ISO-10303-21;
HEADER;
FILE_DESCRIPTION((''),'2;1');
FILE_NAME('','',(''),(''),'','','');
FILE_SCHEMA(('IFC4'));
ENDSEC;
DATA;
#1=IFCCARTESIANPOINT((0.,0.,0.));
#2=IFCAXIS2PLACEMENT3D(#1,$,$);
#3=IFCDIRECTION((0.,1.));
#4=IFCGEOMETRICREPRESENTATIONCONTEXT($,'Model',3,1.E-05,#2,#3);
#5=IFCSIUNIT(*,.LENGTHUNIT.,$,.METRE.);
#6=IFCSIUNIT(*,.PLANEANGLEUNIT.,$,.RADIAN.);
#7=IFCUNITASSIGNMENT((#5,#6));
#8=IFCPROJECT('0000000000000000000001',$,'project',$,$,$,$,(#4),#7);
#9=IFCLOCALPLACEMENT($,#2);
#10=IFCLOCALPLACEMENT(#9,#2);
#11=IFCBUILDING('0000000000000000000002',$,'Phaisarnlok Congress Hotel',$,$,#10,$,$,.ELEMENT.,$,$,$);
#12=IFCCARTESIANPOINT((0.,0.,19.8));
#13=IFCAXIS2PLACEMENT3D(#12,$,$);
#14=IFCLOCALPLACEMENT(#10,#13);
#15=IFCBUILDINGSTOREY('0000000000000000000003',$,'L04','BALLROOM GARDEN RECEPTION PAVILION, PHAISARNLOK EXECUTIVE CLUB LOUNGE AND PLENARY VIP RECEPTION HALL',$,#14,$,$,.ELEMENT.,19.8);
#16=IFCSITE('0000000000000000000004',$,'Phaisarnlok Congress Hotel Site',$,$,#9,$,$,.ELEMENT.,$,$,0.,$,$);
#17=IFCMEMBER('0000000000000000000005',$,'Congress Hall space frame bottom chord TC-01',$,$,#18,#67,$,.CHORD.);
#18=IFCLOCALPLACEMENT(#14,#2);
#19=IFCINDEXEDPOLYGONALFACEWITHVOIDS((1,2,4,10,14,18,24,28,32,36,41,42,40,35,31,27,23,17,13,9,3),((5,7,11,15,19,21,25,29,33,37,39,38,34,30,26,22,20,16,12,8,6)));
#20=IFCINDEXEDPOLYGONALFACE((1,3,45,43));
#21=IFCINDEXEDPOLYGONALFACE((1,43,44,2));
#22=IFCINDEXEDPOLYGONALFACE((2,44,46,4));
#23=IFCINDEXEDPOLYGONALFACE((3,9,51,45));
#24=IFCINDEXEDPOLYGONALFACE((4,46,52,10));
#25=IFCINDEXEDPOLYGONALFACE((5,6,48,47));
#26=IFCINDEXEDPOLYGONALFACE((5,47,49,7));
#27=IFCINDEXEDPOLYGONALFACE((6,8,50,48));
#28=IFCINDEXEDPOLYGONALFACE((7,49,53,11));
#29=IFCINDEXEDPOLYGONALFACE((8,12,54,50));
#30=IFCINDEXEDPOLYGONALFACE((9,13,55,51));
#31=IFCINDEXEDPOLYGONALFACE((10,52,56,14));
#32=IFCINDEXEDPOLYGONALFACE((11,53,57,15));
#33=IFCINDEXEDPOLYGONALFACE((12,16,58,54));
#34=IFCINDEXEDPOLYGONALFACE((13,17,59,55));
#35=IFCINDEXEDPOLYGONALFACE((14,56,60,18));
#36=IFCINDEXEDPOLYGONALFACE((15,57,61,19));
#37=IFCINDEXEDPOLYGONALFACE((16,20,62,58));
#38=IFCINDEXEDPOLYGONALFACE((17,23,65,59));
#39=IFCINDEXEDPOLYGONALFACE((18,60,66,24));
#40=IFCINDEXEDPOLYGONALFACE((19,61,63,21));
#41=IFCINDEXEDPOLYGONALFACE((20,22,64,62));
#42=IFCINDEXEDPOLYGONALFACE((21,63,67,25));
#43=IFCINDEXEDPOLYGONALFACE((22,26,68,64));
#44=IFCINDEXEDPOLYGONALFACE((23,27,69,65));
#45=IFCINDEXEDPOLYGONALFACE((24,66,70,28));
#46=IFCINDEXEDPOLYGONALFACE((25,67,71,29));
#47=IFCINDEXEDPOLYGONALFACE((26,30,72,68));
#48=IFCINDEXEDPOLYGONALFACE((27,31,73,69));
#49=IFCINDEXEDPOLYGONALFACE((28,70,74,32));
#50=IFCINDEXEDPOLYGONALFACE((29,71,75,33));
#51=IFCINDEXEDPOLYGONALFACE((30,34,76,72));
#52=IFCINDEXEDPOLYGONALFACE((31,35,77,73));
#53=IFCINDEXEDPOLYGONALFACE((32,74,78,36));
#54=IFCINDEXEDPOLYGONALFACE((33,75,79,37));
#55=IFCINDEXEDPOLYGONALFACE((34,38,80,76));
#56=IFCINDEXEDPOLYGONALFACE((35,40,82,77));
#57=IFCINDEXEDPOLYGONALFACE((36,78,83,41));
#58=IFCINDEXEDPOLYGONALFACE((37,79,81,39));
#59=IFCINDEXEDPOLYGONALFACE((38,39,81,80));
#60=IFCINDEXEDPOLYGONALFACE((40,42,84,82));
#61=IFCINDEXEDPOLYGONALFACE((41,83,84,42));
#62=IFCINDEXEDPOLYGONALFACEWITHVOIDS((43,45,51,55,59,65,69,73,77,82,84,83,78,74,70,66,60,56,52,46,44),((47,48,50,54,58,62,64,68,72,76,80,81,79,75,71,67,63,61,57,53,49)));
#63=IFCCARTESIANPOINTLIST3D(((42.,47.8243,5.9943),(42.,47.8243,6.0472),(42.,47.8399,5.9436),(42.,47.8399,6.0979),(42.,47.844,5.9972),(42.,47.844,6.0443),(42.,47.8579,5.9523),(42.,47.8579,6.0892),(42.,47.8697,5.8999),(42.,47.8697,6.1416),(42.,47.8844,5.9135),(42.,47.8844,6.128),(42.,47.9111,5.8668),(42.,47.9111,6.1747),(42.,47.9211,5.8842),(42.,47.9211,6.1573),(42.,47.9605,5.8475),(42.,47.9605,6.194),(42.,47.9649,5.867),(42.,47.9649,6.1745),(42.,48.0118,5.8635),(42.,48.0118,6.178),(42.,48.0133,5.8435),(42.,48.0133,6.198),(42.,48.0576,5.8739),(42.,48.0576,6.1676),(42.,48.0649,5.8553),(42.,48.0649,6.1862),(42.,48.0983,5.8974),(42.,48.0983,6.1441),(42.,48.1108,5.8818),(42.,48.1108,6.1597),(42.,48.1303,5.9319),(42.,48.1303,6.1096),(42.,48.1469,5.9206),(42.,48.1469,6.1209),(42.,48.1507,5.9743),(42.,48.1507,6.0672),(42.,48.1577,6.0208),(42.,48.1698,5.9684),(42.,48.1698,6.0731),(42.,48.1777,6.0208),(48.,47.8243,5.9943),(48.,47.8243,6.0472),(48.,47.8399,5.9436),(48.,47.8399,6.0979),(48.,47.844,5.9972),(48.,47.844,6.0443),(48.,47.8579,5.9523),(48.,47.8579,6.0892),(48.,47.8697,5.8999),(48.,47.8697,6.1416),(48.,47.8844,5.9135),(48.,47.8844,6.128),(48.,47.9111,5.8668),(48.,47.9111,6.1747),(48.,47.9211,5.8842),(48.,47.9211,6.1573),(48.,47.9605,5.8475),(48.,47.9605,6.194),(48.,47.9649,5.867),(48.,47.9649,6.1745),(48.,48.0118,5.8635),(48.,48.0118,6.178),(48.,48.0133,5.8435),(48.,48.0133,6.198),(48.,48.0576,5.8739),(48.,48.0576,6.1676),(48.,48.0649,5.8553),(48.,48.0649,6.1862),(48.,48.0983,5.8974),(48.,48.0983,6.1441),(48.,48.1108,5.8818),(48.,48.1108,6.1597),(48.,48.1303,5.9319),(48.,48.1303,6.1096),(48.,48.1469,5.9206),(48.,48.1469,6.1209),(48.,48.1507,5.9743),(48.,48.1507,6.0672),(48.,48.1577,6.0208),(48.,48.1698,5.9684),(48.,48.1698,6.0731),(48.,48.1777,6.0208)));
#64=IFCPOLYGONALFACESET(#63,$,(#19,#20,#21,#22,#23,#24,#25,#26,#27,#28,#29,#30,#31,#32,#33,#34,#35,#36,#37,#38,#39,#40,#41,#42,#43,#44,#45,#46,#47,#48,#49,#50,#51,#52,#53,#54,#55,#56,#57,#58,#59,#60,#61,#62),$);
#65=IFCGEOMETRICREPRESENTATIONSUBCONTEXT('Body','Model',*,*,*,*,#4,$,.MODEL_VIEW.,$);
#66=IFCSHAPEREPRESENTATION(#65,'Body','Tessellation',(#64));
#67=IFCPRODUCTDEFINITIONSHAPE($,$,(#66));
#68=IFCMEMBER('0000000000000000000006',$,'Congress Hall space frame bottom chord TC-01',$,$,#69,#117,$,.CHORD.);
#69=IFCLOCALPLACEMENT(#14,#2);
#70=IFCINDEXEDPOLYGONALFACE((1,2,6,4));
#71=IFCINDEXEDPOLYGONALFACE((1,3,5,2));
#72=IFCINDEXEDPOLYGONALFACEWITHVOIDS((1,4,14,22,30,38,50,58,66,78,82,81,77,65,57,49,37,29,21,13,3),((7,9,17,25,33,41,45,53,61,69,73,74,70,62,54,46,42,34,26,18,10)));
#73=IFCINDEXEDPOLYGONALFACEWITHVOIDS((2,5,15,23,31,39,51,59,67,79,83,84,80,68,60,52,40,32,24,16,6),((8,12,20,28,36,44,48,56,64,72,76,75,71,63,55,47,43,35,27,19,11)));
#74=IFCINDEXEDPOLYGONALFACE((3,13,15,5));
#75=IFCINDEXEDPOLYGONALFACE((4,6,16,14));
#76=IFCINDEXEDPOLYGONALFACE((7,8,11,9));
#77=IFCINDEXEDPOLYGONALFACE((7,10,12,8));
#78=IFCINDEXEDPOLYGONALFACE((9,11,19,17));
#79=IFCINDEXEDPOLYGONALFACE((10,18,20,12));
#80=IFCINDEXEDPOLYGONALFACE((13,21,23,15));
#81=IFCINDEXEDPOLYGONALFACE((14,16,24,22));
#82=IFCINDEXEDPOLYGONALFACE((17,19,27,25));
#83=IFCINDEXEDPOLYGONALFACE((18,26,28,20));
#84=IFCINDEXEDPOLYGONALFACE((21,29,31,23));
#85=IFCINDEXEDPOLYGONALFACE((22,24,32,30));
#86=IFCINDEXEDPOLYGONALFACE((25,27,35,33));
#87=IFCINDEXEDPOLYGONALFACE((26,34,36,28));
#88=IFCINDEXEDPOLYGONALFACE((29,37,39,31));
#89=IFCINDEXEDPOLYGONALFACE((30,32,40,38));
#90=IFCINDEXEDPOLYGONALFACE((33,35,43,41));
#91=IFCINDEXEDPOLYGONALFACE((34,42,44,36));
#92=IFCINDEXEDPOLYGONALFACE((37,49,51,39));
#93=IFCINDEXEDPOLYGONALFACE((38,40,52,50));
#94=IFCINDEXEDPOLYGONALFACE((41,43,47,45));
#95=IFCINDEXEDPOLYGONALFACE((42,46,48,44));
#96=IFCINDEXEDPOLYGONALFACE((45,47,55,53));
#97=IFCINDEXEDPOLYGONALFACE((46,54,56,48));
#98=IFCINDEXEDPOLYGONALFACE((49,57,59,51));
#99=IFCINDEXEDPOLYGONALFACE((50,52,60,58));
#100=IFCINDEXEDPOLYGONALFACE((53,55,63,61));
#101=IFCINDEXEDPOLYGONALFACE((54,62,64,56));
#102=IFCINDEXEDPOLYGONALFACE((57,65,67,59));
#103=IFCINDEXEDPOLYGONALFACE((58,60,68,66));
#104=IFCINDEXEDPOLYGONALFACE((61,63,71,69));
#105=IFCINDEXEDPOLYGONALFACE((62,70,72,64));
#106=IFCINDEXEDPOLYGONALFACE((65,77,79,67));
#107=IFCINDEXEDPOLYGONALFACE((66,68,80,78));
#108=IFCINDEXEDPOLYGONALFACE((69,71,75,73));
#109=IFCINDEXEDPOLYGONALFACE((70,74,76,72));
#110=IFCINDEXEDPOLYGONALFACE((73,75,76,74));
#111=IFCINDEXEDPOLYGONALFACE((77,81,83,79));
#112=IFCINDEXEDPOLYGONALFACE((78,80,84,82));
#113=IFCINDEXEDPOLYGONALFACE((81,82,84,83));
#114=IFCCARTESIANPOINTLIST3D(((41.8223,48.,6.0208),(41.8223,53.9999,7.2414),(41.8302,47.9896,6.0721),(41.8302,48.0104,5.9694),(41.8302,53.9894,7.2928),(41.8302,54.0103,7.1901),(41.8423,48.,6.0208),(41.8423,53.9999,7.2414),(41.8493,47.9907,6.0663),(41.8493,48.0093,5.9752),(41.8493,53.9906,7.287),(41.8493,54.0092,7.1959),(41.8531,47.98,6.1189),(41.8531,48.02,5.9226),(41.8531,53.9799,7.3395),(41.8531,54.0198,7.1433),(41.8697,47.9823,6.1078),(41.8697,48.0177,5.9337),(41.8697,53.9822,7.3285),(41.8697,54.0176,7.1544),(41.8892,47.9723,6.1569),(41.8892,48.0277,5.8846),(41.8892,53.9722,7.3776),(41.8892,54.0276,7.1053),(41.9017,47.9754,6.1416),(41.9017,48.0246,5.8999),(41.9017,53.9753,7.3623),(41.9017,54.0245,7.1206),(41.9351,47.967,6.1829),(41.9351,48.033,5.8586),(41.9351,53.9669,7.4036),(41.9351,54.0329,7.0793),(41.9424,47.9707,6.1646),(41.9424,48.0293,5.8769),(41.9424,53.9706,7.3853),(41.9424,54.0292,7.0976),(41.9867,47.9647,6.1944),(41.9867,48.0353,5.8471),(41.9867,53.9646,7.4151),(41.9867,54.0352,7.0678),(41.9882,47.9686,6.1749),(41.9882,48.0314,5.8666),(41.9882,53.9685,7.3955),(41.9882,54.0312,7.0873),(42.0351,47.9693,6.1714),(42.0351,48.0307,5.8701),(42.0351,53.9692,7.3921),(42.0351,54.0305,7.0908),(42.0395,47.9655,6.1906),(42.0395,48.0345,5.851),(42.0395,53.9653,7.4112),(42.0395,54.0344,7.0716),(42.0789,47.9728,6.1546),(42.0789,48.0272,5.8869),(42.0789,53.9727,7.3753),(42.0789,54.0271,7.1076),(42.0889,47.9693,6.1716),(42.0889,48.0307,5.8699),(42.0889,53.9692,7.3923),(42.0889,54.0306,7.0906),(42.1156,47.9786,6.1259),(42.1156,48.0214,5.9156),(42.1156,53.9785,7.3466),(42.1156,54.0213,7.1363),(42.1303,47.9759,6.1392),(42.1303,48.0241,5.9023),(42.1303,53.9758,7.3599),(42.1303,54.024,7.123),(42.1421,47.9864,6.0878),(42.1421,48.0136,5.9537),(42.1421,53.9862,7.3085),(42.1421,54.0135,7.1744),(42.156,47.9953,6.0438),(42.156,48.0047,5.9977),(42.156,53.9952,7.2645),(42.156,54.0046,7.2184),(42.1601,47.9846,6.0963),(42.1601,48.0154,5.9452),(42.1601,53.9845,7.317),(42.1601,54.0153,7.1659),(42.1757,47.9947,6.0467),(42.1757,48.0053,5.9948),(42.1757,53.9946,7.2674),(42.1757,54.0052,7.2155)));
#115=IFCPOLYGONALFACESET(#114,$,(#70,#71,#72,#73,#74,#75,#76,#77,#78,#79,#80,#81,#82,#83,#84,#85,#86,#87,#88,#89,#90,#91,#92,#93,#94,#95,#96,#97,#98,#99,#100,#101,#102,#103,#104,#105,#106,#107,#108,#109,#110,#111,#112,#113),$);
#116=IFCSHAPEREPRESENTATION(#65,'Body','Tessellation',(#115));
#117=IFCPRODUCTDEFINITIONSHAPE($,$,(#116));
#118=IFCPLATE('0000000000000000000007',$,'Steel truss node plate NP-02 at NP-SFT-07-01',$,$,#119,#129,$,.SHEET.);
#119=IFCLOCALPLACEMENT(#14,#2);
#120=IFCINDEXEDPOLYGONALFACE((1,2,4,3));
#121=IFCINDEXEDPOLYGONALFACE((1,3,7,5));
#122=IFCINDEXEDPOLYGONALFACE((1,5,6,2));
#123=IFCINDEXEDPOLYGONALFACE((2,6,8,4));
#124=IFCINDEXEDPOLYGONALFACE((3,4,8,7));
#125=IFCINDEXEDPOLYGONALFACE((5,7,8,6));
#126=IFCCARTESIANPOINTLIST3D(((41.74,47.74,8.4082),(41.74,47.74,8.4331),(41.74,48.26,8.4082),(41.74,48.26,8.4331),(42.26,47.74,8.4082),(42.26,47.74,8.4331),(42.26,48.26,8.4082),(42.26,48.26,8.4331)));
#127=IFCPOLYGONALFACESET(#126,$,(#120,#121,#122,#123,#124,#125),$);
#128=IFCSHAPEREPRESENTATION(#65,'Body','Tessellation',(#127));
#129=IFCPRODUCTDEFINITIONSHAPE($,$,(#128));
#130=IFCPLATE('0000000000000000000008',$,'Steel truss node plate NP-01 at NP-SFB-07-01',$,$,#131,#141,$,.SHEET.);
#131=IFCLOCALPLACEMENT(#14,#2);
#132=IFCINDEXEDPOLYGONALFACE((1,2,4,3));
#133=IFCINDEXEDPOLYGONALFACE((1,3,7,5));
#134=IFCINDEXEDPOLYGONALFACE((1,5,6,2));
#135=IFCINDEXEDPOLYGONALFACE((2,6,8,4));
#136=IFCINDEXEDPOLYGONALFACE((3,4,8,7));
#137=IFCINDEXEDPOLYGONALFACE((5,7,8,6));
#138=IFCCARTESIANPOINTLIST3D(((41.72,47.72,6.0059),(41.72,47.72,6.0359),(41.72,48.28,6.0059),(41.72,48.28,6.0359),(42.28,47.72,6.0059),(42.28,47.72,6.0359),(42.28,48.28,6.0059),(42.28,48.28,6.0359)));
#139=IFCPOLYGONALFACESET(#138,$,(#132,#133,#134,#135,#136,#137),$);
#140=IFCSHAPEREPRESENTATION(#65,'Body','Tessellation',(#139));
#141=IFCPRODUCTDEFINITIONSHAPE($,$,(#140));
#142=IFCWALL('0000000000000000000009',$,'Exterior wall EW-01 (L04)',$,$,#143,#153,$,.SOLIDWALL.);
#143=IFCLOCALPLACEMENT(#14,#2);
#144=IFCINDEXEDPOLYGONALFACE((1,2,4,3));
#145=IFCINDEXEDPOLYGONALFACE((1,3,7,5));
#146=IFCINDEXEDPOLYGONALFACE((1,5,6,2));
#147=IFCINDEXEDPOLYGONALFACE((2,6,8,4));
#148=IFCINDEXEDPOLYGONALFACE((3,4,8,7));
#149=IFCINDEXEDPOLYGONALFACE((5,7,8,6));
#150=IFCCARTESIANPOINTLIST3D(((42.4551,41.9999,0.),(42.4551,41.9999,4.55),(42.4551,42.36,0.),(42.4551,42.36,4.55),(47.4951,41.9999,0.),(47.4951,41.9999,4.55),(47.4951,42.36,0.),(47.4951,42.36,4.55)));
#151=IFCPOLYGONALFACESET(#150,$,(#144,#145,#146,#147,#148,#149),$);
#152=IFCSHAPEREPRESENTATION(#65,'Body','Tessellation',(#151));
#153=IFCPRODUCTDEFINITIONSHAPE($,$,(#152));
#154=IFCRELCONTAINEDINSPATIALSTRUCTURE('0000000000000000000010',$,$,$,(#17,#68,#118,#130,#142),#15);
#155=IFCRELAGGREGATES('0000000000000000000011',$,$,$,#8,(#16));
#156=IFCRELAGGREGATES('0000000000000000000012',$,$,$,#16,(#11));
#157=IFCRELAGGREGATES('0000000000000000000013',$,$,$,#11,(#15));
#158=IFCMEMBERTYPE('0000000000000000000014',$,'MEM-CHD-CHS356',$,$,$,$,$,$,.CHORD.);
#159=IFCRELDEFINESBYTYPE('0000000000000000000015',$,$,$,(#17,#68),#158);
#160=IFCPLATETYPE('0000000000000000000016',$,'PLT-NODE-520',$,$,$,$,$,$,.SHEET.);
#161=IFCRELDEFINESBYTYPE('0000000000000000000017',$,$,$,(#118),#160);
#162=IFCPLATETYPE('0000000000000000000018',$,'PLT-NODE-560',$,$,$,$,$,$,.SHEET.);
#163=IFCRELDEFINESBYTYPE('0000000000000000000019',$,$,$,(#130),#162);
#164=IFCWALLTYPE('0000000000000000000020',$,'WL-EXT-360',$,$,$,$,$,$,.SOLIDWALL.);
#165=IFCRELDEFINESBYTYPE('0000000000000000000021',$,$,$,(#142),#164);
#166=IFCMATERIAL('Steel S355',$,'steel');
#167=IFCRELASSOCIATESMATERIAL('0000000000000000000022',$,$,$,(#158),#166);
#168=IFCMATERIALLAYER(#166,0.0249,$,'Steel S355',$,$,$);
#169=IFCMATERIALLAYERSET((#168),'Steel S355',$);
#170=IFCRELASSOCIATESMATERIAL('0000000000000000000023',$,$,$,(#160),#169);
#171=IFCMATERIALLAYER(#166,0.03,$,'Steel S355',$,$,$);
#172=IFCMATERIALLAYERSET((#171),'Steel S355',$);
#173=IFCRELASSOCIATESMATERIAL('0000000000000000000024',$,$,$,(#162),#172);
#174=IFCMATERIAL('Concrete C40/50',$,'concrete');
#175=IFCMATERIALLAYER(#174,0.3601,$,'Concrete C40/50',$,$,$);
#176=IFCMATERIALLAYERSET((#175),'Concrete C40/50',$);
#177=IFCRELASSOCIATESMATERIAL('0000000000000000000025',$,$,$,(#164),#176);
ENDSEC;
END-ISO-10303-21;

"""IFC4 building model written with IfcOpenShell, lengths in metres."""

from ifc_helpers import new_model, si_unit, direction, frame, frame_2d, origin, origin_2d, place, context, subcontext, project, spatial, rectangle, hollow_circle, extrude, material, layer, layer_set, material_profile, profile_set, type_object, element, save


model = new_model("IFC4")

# Units and contexts
model_context = context("Model", 3, precision=1e-05, world=origin(), true_north=direction((0.0, 1.0)))
body_context = subcontext(model_context, "Body", "Model", "MODEL_VIEW")
ifc_project = project(units=[si_unit("LENGTHUNIT", "METRE"), si_unit("PLANEANGLEUNIT", "RADIAN")], contexts=[model_context])

# Site, building, storey
site_placement = place(None, origin())
site = spatial("IfcSite", under=ifc_project, at=site_placement, Name="Phaisarnlok Congress Hotel Site", CompositionType="ELEMENT", RefElevation=0.0)
building_placement = place(site_placement, origin())
building = spatial("IfcBuilding", under=site, at=building_placement, Name="Phaisarnlok Congress Hotel", CompositionType="ELEMENT")
storey_placement = place(building_placement, frame((0.0, 0.0, 19.8)))
storey = spatial("IfcBuildingStorey", under=building, at=storey_placement, Name="L04", Description="BALLROOM GARDEN RECEPTION PAVILION, PHAISARNLOK EXECUTIVE CLUB LOUNGE AND PLENARY VIP RECEPTION HALL", CompositionType="ELEMENT", Elevation=19.8)

# Members
ifc_material_1 = material(Name="Steel S355", Category="steel")
ifc_material_profile_1 = material_profile(ifc_material_1, hollow_circle(Radius=0.1777, WallThickness=0.02, at=origin_2d()), Name="CHS 355.6x20")
ifc_profile_set_1 = profile_set([ifc_material_profile_1], Name="Steel S355")
member_type_1 = type_object("IfcMemberType", Name="MEM-CHD-CHS356", PredefinedType="CHORD", material=ifc_profile_set_1)
member_1_placement = place(storey_placement, frame((42.0, 48.0, 6.0208), z_axis=(1.0, 0.0, 0.0), x_axis=(0.0, 1.0, 0.0)))
element("IfcMember", 1, at=member_1_placement, inside=storey, type_object=member_type_1, Name="Congress Hall space frame bottom chord TC-01", PredefinedType="CHORD", context=body_context, shape_type="SweptSolid", body=[
    extrude(hollow_circle(Radius=0.1777, WallThickness=0.02, at=origin_2d()), origin(), (0.0, 0.0, 1.0), 6.0),
])
member_2_placement = place(storey_placement, frame((42.0, 48.0, 6.0208), z_axis=(0.0, 0.979925, 0.199366), x_axis=(-1.0, 0.0, 0.0)))
element("IfcMember", 2, at=member_2_placement, inside=storey, type_object=member_type_1, Name="Congress Hall space frame bottom chord TC-01", PredefinedType="CHORD", context=body_context, shape_type="SweptSolid", body=[
    extrude(hollow_circle(Radius=0.1777, WallThickness=0.02, at=origin_2d()), origin(), (0.0, 0.0, 1.0), 6.1228),
])

# Plates
ifc_layer_1 = layer(ifc_material_1, 0.0249, Name="Steel S355")
ifc_layer_set_1 = layer_set([ifc_layer_1], Name="Steel S355")
plate_type_1 = type_object("IfcPlateType", Name="PLT-NODE-520", PredefinedType="SHEET", material=ifc_layer_set_1)
plate_1_placement = place(storey_placement, frame((42.0, 48.0, 8.4082), z_axis=(0.0, 0.0, 1.0), x_axis=(1.0, 0.0, 0.0)))
element("IfcPlate", 3, at=plate_1_placement, inside=storey, type_object=plate_type_1, Name="Steel truss node plate NP-02 at NP-SFT-07-01", PredefinedType="SHEET", context=body_context, shape_type="SweptSolid", body=[
    extrude(rectangle(XDim=0.52, YDim=0.52, at=origin_2d()), origin(), (0.0, 0.0, 1.0), 0.0249),
])
ifc_layer_2 = layer(ifc_material_1, 0.03, Name="Steel S355")
ifc_layer_set_2 = layer_set([ifc_layer_2], Name="Steel S355")
plate_type_2 = type_object("IfcPlateType", Name="PLT-NODE-560", PredefinedType="SHEET", material=ifc_layer_set_2)
plate_2_placement = place(storey_placement, frame((42.0, 48.0, 6.0059), z_axis=(0.0, 0.0, 1.0), x_axis=(1.0, 0.0, 0.0)))
element("IfcPlate", 4, at=plate_2_placement, inside=storey, type_object=plate_type_2, Name="Steel truss node plate NP-01 at NP-SFB-07-01", PredefinedType="SHEET", context=body_context, shape_type="SweptSolid", body=[
    extrude(rectangle(XDim=0.5601, YDim=0.5601, at=origin_2d()), origin(), (0.0, 0.0, 1.0), 0.03),
])

# Wall
ifc_material_2 = material(Name="Concrete C40/50", Category="concrete")
ifc_layer_3 = layer(ifc_material_2, 0.3601, Name="Concrete C40/50")
ifc_layer_set_3 = layer_set([ifc_layer_3], Name="Concrete C40/50")
wall_type = type_object("IfcWallType", Name="WL-EXT-360", PredefinedType="SOLIDWALL", material=ifc_layer_set_3)
wall_placement = place(storey_placement, frame((42.4551, 42.1799, 0.0), z_axis=(0.0, 0.0, 1.0), x_axis=(1.0, 0.0, 0.0)))
element("IfcWall", 5, at=wall_placement, inside=storey, type_object=wall_type, Name="Exterior wall EW-01 (L04)", PredefinedType="SOLIDWALL", context=body_context, shape_type="SweptSolid", body=[
    extrude(rectangle(XDim=5.04, YDim=0.3601, at=frame_2d((2.52, 0.0))), origin(), (0.0, 0.0, 1.0), 4.55),
])

save(model, "model.ifc")
